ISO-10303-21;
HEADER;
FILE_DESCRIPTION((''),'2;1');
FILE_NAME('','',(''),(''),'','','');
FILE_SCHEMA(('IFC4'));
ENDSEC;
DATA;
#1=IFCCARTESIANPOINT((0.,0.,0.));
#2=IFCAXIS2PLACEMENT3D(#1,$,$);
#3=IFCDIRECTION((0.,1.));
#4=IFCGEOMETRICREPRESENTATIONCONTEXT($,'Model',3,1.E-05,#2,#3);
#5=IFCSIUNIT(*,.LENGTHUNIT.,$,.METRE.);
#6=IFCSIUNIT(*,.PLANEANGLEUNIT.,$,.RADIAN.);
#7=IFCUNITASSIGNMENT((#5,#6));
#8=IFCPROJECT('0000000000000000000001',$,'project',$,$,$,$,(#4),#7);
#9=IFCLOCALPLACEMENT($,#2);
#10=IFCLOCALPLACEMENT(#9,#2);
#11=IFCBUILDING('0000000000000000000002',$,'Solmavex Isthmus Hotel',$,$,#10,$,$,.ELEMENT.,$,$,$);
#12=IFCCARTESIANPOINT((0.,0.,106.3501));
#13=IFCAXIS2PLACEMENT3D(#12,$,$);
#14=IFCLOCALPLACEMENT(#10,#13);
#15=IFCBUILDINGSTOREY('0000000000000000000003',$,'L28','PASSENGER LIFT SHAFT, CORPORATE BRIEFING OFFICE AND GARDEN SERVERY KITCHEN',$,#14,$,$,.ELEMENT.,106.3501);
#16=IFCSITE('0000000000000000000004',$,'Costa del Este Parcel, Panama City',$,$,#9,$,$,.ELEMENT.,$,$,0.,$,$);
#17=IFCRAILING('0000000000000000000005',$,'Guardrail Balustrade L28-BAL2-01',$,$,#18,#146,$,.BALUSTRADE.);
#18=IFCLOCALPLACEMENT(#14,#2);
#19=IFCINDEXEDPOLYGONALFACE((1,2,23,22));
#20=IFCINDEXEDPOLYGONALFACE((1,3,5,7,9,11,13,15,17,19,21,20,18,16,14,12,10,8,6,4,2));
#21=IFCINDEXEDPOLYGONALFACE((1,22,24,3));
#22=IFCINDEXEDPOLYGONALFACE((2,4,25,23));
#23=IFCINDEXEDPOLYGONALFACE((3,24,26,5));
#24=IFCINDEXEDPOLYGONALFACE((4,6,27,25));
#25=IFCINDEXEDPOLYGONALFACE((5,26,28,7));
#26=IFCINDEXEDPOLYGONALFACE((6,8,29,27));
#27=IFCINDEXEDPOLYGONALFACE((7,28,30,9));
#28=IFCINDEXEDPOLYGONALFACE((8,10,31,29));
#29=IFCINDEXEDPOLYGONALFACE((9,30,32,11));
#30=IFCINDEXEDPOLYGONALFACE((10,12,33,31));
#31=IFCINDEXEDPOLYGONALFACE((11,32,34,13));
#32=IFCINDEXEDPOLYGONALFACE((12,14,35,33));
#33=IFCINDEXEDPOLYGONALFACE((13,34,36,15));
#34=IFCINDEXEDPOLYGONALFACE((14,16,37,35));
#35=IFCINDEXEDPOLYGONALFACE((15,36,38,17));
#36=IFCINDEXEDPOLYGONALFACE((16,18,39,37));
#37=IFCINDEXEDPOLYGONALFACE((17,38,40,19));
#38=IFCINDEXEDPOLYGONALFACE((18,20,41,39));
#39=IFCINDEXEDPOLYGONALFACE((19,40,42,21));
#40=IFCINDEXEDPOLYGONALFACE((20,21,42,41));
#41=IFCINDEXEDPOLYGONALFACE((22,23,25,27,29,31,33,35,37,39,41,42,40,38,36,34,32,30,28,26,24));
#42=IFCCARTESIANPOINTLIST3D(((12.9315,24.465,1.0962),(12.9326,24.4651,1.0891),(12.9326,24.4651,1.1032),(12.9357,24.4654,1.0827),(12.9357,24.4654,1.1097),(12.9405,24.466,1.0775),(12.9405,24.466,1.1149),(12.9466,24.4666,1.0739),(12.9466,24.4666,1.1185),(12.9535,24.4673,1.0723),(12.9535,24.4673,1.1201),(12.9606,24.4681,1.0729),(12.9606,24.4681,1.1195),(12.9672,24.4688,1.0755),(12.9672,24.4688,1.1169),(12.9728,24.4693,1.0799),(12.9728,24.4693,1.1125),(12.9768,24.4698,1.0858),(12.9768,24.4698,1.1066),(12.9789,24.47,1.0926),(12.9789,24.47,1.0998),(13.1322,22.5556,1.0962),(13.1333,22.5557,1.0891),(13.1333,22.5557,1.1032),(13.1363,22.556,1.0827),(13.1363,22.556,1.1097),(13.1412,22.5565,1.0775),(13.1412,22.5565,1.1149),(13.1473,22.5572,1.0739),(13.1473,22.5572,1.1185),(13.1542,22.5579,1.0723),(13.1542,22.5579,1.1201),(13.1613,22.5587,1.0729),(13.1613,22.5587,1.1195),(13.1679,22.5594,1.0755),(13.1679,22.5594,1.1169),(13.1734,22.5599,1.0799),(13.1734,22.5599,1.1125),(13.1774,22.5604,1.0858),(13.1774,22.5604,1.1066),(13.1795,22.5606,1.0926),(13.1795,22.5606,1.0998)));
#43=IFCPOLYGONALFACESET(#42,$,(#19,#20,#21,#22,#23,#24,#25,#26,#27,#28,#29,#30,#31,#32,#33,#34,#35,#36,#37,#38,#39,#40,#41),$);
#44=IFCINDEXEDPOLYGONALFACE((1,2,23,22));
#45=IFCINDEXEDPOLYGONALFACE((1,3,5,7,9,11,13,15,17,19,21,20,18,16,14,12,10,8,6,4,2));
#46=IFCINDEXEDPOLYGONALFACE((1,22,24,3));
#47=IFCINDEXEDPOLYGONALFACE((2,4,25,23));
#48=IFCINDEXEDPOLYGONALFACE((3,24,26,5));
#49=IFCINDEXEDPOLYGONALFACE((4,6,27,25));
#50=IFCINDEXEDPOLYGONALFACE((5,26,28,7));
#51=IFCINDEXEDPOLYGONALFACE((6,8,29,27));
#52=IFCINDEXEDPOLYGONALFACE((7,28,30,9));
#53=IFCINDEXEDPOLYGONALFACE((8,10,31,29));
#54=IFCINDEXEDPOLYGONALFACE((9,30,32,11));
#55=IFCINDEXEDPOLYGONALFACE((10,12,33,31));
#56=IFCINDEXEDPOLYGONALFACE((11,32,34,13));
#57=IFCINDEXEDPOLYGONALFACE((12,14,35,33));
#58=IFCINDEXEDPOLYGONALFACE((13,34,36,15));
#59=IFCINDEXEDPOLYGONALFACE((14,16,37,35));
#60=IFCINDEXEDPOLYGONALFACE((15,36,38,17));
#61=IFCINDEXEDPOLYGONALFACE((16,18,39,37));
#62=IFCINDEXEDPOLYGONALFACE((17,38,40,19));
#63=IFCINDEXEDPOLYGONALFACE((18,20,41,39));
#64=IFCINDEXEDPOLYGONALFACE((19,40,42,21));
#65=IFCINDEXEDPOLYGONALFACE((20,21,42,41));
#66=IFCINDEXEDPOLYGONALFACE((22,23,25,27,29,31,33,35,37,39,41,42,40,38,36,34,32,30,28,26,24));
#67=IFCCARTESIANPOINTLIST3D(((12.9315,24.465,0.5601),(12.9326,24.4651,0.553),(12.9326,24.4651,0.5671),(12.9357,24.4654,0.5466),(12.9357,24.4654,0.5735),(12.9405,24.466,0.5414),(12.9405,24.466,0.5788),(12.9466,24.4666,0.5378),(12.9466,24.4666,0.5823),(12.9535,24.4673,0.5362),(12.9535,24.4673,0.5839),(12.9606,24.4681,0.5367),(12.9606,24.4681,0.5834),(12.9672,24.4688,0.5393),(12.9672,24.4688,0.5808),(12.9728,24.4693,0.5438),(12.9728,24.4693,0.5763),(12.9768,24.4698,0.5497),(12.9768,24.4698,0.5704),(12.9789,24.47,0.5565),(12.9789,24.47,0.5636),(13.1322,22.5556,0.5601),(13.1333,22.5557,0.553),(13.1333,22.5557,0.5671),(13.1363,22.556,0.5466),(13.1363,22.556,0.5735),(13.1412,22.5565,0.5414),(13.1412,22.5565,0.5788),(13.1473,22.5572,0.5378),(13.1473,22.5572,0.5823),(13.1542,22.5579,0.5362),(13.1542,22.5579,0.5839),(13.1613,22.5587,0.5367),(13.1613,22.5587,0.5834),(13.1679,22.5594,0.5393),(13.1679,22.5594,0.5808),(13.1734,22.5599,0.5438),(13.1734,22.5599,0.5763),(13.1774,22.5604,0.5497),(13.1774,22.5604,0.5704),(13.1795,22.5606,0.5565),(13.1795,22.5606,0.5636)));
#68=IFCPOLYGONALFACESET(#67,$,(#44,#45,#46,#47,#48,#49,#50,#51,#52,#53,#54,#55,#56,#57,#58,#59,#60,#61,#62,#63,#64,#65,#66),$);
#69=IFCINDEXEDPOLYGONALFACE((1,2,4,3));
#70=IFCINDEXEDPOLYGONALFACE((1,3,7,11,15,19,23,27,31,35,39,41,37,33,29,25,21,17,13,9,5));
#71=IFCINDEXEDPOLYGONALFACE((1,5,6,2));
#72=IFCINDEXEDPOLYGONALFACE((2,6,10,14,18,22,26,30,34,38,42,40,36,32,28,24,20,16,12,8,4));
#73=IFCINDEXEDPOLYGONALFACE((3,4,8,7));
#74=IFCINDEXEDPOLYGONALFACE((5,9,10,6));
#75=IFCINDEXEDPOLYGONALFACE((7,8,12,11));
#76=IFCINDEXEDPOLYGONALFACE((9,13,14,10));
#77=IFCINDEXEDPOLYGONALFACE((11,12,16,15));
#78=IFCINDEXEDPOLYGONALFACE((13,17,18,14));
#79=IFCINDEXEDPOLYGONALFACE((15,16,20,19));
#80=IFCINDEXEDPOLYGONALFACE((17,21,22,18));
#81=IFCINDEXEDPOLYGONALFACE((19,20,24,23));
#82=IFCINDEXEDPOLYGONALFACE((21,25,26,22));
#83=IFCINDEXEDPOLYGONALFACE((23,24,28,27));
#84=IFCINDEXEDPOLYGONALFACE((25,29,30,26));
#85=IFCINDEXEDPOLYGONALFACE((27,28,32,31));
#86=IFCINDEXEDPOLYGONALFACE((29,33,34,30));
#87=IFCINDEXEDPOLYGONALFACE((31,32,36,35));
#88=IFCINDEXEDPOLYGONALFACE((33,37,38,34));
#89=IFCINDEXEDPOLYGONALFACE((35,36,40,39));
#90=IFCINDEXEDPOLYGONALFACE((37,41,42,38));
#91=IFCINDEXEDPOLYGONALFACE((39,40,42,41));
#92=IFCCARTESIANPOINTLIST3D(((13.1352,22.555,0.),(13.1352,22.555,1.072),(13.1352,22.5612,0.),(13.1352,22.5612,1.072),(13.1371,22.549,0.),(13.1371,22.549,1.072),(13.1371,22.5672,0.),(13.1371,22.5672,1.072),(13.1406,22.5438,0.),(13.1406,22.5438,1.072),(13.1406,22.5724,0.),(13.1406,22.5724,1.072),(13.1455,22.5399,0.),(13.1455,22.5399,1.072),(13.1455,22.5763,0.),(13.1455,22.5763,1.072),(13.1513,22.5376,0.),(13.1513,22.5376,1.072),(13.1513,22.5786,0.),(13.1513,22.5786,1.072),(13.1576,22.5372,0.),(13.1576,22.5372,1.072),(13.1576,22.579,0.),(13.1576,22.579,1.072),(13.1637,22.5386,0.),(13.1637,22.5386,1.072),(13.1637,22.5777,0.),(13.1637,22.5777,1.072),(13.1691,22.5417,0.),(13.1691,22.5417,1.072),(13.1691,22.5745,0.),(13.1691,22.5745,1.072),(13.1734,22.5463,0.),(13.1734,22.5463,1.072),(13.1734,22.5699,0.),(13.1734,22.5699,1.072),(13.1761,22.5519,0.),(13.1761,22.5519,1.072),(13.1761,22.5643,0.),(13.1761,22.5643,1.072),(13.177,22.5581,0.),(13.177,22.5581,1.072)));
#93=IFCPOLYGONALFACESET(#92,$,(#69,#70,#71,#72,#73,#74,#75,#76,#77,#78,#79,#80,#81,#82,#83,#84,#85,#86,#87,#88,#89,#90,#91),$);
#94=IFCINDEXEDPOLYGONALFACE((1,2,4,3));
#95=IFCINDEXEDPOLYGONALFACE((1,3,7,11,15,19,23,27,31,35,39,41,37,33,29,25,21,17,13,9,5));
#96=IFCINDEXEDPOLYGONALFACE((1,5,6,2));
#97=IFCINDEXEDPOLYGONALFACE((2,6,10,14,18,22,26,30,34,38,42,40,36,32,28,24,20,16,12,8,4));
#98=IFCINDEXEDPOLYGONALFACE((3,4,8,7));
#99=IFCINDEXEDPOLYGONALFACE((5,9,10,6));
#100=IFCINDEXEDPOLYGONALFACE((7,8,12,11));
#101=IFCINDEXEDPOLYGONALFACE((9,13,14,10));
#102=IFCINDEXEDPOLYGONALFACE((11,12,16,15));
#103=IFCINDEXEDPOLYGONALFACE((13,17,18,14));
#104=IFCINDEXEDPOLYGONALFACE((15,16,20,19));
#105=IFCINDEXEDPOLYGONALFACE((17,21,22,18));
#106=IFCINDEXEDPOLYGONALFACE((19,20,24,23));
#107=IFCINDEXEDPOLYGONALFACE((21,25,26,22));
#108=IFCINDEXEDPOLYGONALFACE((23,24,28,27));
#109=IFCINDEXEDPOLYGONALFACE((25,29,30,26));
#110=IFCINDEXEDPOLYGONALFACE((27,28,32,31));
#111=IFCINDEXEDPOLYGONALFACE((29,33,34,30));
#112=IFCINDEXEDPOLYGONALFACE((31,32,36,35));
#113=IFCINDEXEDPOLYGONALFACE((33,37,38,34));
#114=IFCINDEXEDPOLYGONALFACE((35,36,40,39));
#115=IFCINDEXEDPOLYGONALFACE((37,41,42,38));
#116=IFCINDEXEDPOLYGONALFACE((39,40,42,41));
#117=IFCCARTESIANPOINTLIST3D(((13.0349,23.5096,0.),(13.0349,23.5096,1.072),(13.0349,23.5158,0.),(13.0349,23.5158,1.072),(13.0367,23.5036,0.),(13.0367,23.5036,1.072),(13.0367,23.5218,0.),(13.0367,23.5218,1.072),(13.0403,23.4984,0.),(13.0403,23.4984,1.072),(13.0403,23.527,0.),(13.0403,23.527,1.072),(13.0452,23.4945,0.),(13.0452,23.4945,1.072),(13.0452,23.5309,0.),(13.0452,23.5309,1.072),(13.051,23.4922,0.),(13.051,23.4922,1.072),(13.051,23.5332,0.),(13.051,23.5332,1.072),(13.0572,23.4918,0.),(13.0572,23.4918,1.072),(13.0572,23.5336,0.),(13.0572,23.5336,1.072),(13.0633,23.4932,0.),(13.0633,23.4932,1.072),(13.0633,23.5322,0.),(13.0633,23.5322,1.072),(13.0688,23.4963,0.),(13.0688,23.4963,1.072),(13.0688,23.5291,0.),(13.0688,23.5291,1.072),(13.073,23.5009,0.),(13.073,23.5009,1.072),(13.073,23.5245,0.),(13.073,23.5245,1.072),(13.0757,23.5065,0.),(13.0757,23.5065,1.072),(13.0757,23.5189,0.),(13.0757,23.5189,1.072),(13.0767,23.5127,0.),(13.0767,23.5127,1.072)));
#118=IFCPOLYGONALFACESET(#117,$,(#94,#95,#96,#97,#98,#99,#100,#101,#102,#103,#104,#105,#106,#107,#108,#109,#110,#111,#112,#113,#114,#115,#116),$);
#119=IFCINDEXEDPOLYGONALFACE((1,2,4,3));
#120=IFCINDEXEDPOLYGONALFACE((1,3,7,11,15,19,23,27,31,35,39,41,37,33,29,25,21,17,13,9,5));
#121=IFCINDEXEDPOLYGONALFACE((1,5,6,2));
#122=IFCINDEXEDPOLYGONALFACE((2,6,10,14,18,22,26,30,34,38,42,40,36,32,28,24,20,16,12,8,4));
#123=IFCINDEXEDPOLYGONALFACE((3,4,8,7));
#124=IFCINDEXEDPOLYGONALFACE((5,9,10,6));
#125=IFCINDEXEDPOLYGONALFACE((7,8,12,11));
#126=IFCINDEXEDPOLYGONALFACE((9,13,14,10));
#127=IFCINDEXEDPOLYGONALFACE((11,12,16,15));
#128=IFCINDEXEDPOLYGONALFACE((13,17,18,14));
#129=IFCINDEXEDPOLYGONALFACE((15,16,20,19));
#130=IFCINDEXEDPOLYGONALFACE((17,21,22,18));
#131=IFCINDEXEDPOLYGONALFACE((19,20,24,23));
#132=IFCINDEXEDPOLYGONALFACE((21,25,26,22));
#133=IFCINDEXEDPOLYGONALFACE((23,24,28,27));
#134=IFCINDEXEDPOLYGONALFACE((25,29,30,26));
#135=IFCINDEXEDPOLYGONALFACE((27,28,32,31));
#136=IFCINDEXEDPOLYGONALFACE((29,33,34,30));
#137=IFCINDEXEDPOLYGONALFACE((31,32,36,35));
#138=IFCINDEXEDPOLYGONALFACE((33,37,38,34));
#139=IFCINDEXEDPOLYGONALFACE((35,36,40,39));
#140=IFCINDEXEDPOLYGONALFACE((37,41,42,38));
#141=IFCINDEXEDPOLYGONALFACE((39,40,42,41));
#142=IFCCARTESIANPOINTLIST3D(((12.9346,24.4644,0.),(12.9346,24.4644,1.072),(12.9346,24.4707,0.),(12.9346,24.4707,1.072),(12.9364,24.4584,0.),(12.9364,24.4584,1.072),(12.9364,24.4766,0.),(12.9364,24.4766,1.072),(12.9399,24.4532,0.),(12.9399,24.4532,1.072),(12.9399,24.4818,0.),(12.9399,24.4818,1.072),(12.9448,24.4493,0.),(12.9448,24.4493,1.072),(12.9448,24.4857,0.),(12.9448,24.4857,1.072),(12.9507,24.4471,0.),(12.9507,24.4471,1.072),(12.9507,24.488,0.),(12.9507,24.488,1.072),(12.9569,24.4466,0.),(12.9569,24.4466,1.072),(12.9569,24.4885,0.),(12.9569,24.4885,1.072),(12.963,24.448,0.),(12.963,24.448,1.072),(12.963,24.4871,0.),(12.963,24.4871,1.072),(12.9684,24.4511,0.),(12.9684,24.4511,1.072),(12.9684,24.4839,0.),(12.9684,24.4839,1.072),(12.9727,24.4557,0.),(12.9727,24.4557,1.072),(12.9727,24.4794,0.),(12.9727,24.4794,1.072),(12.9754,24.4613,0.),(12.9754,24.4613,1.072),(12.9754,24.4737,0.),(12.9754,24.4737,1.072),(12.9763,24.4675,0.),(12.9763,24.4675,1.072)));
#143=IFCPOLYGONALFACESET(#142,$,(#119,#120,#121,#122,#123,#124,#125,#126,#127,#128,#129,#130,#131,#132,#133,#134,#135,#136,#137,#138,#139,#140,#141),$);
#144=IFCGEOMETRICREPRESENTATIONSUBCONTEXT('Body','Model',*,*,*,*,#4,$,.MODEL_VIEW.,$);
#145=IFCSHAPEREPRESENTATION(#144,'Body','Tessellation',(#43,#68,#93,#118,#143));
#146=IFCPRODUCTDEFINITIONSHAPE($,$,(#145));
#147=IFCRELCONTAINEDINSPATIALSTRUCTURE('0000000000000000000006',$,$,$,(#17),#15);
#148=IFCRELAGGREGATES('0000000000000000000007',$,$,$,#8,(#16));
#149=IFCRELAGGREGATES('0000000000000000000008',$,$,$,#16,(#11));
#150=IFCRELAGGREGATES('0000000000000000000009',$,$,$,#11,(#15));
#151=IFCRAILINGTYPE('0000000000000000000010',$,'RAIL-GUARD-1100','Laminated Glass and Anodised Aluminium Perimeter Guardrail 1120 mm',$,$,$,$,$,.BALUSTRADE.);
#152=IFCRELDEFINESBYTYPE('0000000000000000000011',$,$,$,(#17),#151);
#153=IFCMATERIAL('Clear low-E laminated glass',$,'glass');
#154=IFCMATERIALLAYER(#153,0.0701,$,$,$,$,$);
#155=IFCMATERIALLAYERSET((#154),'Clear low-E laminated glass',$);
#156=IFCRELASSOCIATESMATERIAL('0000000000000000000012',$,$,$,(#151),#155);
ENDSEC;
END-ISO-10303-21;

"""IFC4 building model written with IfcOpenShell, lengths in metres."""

from ifc_helpers import new_model, si_unit, direction, frame, origin, origin_2d, place, context, subcontext, project, spatial, circle, extrude, material, layer, layer_set, type_object, element, save


model = new_model("IFC4")

# Units and contexts
model_context = context("Model", 3, precision=1e-05, world=origin(), true_north=direction((0.0, 1.0)))
body_context = subcontext(model_context, "Body", "Model", "MODEL_VIEW")
ifc_project = project(units=[si_unit("LENGTHUNIT", "METRE"), si_unit("PLANEANGLEUNIT", "RADIAN")], contexts=[model_context])

# Site, building, storey
site_placement = place(None, origin())
site = spatial("IfcSite", under=ifc_project, at=site_placement, Name="Costa del Este Parcel, Panama City", CompositionType="ELEMENT", RefElevation=0.0)
building_placement = place(site_placement, origin())
building = spatial("IfcBuilding", under=site, at=building_placement, Name="Solmavex Isthmus Hotel", CompositionType="ELEMENT")
storey_placement = place(building_placement, frame((0.0, 0.0, 106.3501)))
storey = spatial("IfcBuildingStorey", under=building, at=storey_placement, Name="L28", Description="PASSENGER LIFT SHAFT, CORPORATE BRIEFING OFFICE AND GARDEN SERVERY KITCHEN", CompositionType="ELEMENT", Elevation=106.3501)

# Shared definitions
ifc_material_1 = material(Name="Clear low-E laminated glass", Category="glass")

# Railing
ifc_layer_1 = layer(ifc_material_1, 0.0701)
ifc_layer_set_1 = layer_set([ifc_layer_1], Name="Clear low-E laminated glass")
railing_type = type_object("IfcRailingType", Name="RAIL-GUARD-1100", Description="Laminated Glass and Anodised Aluminium Perimeter Guardrail 1120 mm", PredefinedType="BALUSTRADE", material=ifc_layer_set_1)
railing_1_placement = place(storey_placement, frame((13.156, 22.5581, 0.0)))
element("IfcRailing", 1, at=railing_1_placement, inside=storey, type_object=railing_type, Name="Guardrail Balustrade L28-BAL2-01", PredefinedType="BALUSTRADE", context=body_context, shape_type="SweptSolid", body=[
    extrude(circle(Radius=0.0239, at=origin_2d()), frame((0.0, 0.0, 1.0962), z_axis=(-0.104526, 0.994522, 0.0), x_axis=(-0.994522, -0.104526, 0.0)), (0.0, 0.0, 1.0), 1.9199),
    extrude(circle(Radius=0.0239, at=origin_2d()), frame((0.0, 0.0, 0.5601), z_axis=(-0.104526, 0.994522, 0.0), x_axis=(-0.994522, -0.104526, 0.0)), (0.0, 0.0, 1.0), 1.9199),
    extrude(circle(Radius=0.021, at=origin_2d()), origin(), (0.0, 0.0, 1.0), 1.072),
    extrude(circle(Radius=0.021, at=origin_2d()), frame((-0.1003, 0.9546, 0.0)), (0.0, 0.0, 1.0), 1.072),
    extrude(circle(Radius=0.021, at=origin_2d()), frame((-0.2007, 1.9094, 0.0)), (0.0, 0.0, 1.0), 1.072),
])

save(model, "model.ifc")
